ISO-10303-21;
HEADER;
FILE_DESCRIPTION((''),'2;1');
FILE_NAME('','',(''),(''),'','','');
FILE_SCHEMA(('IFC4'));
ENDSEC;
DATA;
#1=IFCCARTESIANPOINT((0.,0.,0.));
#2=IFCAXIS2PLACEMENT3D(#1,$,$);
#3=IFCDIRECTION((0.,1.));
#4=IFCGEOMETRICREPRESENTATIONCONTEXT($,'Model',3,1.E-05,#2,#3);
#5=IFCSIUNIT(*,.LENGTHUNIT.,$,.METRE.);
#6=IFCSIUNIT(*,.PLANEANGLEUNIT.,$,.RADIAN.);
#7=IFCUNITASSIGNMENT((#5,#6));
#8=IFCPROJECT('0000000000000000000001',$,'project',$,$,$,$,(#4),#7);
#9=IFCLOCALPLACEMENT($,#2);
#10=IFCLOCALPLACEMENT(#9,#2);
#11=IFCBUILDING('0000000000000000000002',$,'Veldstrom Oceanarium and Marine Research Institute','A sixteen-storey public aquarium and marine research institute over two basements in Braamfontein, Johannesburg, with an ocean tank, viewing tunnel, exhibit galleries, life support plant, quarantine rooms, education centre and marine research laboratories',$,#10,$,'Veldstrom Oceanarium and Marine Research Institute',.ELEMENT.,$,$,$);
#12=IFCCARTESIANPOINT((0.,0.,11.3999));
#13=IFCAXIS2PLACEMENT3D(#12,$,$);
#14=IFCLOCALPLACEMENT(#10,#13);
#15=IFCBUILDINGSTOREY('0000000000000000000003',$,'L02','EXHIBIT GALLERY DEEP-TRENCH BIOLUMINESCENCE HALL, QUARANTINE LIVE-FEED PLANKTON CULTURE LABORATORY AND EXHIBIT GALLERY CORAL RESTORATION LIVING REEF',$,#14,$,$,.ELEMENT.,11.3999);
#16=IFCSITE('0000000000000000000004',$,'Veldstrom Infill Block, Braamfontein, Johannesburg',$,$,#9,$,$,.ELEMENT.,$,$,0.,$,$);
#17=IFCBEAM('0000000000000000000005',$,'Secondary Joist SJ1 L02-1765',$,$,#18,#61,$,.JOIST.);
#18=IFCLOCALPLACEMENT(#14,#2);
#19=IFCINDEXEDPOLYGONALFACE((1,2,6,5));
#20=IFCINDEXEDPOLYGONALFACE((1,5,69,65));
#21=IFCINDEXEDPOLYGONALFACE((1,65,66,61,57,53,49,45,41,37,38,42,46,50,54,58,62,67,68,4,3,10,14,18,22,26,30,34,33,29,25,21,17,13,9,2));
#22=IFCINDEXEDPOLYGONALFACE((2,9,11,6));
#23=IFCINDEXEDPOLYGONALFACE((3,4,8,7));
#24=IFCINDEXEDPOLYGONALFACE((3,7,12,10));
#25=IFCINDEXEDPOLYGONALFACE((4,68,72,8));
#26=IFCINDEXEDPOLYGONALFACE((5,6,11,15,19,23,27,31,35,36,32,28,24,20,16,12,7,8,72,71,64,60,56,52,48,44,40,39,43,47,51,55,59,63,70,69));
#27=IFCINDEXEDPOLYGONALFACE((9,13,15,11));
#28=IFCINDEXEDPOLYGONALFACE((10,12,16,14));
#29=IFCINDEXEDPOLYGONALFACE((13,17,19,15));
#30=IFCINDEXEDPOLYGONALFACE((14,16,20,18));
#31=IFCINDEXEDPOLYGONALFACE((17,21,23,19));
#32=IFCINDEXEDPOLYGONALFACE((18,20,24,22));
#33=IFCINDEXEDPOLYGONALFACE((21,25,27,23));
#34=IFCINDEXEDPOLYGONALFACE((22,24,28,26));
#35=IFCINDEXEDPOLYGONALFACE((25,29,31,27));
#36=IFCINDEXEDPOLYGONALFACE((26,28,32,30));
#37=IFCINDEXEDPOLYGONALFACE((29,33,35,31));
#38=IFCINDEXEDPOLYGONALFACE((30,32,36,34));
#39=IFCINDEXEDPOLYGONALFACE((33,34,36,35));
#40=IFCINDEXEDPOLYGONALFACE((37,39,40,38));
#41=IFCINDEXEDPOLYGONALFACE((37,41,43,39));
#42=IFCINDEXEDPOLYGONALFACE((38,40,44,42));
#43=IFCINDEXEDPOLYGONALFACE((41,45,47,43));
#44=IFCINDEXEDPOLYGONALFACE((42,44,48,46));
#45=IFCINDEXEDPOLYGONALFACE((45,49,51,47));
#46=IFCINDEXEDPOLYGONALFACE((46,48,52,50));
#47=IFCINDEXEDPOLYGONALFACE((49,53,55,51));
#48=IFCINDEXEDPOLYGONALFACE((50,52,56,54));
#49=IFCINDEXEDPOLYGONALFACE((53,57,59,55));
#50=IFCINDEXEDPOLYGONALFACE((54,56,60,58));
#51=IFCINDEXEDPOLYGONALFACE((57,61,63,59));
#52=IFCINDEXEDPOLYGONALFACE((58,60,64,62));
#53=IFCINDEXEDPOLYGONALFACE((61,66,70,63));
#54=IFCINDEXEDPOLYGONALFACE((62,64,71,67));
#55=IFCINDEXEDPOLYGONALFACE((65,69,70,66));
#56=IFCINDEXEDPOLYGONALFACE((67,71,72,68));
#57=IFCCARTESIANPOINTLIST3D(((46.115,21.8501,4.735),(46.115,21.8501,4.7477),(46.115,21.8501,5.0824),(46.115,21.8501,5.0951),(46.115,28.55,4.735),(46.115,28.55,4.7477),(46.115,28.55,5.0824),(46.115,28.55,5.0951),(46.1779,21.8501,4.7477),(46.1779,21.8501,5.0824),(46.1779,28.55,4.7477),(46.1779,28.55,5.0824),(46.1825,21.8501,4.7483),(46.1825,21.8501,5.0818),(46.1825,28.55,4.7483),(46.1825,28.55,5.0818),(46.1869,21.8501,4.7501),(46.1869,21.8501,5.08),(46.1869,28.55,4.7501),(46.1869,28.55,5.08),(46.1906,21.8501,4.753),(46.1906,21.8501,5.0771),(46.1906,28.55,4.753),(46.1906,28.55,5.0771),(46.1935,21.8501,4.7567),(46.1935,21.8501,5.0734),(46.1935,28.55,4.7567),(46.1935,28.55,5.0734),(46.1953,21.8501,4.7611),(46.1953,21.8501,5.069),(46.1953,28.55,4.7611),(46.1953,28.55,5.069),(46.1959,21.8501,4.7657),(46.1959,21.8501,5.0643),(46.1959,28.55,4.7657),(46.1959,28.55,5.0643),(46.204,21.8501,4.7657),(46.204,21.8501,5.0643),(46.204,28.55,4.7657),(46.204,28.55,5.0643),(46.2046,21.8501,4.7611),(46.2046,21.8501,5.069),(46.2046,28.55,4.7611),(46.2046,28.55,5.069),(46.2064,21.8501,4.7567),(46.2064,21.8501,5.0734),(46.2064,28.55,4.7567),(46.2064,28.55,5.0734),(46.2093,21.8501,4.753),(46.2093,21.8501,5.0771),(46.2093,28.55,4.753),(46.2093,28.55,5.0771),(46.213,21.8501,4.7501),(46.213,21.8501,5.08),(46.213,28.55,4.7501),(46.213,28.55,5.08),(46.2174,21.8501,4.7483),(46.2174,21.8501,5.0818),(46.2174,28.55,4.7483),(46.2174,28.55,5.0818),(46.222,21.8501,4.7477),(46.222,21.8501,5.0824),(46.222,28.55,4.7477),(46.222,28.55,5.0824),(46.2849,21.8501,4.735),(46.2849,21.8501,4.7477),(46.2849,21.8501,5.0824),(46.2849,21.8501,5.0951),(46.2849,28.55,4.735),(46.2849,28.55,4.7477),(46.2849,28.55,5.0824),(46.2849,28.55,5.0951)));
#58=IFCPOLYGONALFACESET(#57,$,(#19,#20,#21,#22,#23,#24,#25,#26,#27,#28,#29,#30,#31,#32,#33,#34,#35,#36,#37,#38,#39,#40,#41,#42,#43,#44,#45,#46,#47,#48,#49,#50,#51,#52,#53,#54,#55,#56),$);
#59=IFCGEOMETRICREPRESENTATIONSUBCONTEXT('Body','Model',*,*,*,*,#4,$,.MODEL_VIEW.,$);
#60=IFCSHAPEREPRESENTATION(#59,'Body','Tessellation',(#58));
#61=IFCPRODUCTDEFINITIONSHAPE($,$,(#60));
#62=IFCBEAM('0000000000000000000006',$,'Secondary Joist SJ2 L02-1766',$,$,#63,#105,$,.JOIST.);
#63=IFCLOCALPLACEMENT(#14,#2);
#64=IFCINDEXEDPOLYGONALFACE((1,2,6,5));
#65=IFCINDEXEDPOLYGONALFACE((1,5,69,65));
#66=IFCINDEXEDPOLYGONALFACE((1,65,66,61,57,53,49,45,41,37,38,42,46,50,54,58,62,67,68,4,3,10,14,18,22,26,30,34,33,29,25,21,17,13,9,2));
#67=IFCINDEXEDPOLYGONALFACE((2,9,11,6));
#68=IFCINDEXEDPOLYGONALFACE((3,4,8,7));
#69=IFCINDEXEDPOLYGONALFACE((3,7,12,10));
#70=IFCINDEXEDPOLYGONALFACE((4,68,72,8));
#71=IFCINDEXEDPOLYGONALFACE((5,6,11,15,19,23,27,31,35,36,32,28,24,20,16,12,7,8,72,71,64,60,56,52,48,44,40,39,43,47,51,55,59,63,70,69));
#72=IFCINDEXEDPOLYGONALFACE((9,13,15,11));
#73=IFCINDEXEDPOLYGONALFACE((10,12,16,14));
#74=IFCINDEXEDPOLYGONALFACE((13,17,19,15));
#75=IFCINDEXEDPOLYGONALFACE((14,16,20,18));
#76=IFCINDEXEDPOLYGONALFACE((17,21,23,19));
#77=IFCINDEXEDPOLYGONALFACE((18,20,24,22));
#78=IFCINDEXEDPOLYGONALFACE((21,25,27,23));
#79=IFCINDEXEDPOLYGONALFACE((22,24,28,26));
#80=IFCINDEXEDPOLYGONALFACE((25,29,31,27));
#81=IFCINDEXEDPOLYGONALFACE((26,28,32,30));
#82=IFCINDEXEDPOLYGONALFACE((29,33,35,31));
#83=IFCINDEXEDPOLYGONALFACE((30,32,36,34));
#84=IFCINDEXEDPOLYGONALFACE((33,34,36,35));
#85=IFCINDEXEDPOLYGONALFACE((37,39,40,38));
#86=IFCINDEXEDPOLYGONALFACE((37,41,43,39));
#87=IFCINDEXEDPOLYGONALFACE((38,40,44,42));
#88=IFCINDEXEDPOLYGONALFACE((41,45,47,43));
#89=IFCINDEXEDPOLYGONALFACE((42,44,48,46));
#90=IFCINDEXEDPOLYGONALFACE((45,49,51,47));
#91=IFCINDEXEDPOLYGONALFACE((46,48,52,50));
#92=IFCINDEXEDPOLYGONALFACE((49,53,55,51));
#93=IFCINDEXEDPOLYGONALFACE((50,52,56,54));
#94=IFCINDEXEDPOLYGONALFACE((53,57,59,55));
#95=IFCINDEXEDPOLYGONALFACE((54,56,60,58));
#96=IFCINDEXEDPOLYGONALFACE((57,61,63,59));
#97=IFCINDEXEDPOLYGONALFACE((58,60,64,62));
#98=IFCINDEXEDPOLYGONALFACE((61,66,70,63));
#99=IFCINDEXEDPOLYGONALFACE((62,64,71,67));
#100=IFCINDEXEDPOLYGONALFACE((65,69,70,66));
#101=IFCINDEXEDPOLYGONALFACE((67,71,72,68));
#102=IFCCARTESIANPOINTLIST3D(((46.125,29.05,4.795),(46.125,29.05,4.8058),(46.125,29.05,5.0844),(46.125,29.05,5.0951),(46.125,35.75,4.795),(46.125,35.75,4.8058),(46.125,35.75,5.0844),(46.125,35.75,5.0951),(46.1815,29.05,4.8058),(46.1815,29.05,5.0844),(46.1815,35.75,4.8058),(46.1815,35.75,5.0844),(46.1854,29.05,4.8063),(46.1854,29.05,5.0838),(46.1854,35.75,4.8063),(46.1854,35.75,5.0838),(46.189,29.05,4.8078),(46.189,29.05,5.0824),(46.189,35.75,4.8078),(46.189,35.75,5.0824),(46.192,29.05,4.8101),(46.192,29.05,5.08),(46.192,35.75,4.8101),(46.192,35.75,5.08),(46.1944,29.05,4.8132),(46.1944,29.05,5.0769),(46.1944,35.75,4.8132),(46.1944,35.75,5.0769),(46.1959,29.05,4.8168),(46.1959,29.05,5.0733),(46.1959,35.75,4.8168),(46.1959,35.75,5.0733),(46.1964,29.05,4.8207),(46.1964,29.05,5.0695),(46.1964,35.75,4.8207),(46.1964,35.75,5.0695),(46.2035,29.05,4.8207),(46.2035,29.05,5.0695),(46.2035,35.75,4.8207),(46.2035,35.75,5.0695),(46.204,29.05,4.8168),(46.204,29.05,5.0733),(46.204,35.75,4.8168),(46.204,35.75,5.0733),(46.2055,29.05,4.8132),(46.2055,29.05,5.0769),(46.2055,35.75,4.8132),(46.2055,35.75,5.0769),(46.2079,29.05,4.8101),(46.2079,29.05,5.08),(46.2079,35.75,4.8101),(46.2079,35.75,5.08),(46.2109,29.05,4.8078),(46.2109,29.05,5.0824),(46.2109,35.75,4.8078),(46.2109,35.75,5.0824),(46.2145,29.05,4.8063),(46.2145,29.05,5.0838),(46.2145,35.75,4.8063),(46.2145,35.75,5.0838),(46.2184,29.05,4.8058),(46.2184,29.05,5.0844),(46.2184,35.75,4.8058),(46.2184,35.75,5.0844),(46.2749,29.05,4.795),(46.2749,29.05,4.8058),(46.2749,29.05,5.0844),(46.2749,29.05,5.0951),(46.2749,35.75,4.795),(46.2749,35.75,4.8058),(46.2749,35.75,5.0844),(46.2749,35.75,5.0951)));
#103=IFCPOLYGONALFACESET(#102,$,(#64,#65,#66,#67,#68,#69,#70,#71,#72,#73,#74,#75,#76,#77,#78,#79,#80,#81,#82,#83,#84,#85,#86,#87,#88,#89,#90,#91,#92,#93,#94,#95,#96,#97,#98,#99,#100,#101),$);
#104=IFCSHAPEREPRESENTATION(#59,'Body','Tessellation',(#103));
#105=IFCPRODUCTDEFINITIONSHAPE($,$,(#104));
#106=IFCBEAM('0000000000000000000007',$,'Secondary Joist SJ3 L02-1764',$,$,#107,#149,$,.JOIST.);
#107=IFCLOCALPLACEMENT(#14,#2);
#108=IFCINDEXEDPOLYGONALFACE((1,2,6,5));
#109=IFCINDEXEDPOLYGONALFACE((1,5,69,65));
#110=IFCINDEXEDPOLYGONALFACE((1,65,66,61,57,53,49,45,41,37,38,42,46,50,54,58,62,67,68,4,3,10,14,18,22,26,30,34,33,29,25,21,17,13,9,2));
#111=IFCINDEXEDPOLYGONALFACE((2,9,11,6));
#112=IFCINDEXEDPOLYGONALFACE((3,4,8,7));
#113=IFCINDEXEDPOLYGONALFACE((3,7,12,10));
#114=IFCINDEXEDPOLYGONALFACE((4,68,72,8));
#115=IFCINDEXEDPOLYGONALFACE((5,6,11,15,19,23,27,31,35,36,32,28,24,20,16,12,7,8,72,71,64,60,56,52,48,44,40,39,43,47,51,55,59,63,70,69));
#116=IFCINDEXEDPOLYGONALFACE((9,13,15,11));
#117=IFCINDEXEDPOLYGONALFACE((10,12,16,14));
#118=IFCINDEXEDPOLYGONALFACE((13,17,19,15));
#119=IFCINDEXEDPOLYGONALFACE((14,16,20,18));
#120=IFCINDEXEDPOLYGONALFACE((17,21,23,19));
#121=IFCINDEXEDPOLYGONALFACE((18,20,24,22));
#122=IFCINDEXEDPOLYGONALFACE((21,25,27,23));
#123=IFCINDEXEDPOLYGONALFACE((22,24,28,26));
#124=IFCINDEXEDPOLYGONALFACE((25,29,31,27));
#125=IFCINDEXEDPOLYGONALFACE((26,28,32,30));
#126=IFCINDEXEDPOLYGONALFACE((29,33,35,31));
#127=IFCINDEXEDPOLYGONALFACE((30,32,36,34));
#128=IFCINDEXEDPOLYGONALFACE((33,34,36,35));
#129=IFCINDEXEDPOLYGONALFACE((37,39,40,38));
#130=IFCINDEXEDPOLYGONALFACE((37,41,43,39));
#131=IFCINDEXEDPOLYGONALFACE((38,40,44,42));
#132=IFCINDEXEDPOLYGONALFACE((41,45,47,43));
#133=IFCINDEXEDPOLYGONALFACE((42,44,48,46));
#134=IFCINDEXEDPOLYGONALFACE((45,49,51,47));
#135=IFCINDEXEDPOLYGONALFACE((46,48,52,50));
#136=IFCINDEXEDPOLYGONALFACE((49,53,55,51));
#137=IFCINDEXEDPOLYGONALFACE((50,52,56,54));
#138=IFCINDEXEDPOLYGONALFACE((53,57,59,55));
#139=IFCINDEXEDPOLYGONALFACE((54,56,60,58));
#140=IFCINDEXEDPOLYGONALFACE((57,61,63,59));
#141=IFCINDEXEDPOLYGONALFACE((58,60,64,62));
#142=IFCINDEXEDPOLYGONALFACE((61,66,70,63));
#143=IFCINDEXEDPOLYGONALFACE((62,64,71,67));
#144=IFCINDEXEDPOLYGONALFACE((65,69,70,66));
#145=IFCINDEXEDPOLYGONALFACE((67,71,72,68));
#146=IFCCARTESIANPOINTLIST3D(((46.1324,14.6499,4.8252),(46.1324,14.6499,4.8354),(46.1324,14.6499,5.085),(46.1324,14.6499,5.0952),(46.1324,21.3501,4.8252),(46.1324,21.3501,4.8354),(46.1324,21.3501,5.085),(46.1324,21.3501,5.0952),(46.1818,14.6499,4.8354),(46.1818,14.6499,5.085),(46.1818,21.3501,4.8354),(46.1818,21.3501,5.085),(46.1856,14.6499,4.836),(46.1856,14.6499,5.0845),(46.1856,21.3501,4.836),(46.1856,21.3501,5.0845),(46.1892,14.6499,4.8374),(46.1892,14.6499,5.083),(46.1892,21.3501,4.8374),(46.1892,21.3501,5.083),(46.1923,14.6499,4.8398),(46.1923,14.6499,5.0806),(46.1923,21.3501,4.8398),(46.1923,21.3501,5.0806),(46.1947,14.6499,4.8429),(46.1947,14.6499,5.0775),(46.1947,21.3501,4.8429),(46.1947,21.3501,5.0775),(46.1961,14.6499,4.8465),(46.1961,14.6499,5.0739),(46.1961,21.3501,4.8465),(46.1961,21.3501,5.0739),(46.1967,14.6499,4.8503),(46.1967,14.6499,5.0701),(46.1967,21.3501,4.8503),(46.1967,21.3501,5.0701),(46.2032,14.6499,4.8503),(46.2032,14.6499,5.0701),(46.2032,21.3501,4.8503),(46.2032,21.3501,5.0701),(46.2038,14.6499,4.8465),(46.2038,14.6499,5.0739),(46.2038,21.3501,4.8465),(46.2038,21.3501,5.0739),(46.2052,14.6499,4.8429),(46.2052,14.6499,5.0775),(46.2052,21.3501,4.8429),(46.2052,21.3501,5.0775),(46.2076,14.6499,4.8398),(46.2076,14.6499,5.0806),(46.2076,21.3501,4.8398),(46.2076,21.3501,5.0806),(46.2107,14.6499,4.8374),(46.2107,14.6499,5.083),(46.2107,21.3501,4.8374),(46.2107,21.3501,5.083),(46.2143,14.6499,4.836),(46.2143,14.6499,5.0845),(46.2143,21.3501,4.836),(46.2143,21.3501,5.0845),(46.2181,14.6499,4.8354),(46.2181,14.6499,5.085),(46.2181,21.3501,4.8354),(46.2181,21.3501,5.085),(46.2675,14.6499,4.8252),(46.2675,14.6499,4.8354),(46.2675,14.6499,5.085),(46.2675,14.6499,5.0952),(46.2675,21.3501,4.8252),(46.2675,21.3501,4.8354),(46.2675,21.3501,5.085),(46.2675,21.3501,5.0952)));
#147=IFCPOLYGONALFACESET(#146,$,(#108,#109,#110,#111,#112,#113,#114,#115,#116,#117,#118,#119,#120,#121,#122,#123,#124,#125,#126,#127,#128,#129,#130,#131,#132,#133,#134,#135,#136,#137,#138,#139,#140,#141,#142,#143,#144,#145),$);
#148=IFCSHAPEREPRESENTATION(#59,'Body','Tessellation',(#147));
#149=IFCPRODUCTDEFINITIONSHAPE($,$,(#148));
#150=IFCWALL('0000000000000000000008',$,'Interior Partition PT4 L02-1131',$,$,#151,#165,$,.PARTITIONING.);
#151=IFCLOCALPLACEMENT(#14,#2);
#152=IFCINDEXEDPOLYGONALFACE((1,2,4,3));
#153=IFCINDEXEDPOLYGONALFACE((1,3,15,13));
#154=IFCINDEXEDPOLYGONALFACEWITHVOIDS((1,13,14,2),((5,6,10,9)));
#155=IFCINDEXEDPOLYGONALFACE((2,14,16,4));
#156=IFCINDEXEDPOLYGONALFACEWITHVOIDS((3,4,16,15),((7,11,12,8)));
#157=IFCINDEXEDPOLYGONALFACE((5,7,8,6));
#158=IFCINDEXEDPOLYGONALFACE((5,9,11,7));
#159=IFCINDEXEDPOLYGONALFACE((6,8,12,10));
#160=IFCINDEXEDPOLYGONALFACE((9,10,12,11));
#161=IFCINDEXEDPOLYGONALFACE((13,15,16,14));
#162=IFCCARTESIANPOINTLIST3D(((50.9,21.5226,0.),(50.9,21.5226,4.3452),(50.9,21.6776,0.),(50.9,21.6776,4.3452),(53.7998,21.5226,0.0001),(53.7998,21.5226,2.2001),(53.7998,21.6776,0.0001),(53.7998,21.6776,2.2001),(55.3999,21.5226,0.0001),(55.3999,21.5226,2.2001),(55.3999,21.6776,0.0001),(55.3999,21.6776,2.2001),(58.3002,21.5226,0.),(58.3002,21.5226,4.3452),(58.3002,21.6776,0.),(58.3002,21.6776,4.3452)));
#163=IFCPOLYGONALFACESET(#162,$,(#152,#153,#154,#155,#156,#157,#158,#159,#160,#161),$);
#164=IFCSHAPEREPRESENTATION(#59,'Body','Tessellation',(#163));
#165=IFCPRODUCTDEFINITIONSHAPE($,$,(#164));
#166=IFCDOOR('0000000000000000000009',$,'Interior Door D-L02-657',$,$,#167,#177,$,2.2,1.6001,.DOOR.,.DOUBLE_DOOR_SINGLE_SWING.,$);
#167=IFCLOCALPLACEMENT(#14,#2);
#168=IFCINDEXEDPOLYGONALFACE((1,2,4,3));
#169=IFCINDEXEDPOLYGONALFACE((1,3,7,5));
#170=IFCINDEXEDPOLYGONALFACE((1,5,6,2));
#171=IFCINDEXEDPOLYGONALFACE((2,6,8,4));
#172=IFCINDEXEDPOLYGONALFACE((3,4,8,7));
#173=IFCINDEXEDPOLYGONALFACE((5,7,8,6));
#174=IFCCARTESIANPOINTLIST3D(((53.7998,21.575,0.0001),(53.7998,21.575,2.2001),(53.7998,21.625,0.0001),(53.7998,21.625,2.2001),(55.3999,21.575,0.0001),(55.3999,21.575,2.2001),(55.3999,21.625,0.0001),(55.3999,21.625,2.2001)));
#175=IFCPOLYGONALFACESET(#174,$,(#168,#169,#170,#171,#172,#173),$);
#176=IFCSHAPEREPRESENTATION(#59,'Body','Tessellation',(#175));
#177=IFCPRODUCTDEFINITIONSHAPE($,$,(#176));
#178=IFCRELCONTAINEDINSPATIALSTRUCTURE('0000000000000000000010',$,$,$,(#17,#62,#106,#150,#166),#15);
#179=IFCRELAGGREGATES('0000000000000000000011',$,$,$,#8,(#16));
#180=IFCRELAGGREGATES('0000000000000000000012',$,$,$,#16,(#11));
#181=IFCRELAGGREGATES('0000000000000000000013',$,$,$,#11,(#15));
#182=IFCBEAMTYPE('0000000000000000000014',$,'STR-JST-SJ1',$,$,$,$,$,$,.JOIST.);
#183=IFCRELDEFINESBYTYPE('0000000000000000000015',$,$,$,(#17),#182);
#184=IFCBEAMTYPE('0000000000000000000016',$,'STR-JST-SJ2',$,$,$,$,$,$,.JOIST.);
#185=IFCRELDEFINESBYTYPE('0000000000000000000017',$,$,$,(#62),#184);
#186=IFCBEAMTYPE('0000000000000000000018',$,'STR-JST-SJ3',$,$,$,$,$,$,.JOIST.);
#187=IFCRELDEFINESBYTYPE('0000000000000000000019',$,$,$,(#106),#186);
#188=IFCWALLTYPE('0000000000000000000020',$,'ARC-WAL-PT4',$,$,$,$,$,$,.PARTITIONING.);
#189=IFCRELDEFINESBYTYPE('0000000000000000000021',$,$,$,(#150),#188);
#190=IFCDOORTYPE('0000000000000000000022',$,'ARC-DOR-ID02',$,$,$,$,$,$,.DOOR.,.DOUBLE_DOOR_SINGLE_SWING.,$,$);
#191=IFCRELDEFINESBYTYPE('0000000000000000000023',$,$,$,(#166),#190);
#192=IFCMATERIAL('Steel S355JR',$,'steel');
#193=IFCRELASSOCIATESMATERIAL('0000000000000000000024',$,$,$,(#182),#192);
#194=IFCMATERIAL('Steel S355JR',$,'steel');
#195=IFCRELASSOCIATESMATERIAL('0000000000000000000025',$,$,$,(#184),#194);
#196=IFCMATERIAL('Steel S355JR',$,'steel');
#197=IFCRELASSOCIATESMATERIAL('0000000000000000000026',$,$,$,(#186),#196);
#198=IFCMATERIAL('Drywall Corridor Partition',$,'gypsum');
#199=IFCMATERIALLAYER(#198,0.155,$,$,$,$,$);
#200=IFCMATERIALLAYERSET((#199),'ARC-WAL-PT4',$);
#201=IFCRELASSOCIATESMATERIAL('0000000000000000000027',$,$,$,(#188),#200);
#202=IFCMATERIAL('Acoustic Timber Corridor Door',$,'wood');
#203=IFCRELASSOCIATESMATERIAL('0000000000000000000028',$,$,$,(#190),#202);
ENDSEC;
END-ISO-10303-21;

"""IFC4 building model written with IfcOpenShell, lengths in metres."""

from ifc_helpers import new_model, si_unit, direction, frame, frame_2d, origin, origin_2d, place, context, subcontext, project, spatial, rectangle, i_section, extrude, material, layer, layer_set, material_profile, profile_set, type_object, element, fill, save


model = new_model("IFC4")

# Units and contexts
model_context = context("Model", 3, precision=1e-05, world=origin(), true_north=direction((0.0, 1.0)))
body_context = subcontext(model_context, "Body", "Model", "MODEL_VIEW")
ifc_project = project(units=[si_unit("LENGTHUNIT", "METRE"), si_unit("PLANEANGLEUNIT", "RADIAN")], contexts=[model_context])

# Site, building, storey
site_placement = place(None, origin())
site = spatial("IfcSite", under=ifc_project, at=site_placement, Name="Veldstrom Infill Block, Braamfontein, Johannesburg", CompositionType="ELEMENT", RefElevation=0.0)
building_placement = place(site_placement, origin())
building = spatial("IfcBuilding", under=site, at=building_placement, Name="Veldstrom Oceanarium and Marine Research Institute", Description="A sixteen-storey public aquarium and marine research institute over two basements in Braamfontein, Johannesburg, with an ocean tank, viewing tunnel, exhibit galleries, life support plant, quarantine rooms, education centre and marine research laboratories", LongName="Veldstrom Oceanarium and Marine Research Institute", CompositionType="ELEMENT")
storey_placement = place(building_placement, frame((0.0, 0.0, 11.3999)))
storey = spatial("IfcBuildingStorey", under=building, at=storey_placement, Name="L02", Description="EXHIBIT GALLERY DEEP-TRENCH BIOLUMINESCENCE HALL, QUARANTINE LIVE-FEED PLANKTON CULTURE LABORATORY AND EXHIBIT GALLERY CORAL RESTORATION LIVING REEF", CompositionType="ELEMENT", Elevation=11.3999)

# Beams
ifc_material_1 = material(Name="Steel S355JR", Category="steel")
ifc_material_profile_1 = material_profile(ifc_material_1, i_section(OverallWidth=0.1699, OverallDepth=0.3601, WebThickness=0.0081, FlangeThickness=0.0127, FilletRadius=0.0181, at=origin_2d()), Name="IPE 360")
ifc_profile_set_1 = profile_set([ifc_material_profile_1], Name="Steel S355JR")
beam_type_1 = type_object("IfcBeamType", Name="STR-JST-SJ1", PredefinedType="JOIST", material=ifc_profile_set_1)
beam_1_placement = place(storey_placement, frame((46.2, 21.8501, 4.915), z_axis=(0.0, 1.0, 0.0), x_axis=(-1.0, 0.0, 0.0)))
element("IfcBeam", 1, at=beam_1_placement, inside=storey, type_object=beam_type_1, Name="Secondary Joist SJ1 L02-1765", PredefinedType="JOIST", context=body_context, shape_type="SweptSolid", body=[
    extrude(i_section(OverallWidth=0.1699, OverallDepth=0.3601, WebThickness=0.0081, FlangeThickness=0.0127, FilletRadius=0.0181, at=origin_2d()), origin(), (0.0, 0.0, 1.0), 6.7),
])
ifc_material_2 = material(Name="Steel S355JR", Category="steel")
ifc_material_profile_2 = material_profile(ifc_material_2, i_section(OverallWidth=0.1499, OverallDepth=0.3, WebThickness=0.0071, FlangeThickness=0.0107, FilletRadius=0.0149, at=origin_2d()), Name="IPE 300")
ifc_profile_set_2 = profile_set([ifc_material_profile_2], Name="Steel S355JR")
beam_type_2 = type_object("IfcBeamType", Name="STR-JST-SJ2", PredefinedType="JOIST", material=ifc_profile_set_2)
beam_2_placement = place(storey_placement, frame((46.2, 29.05, 4.9451), z_axis=(0.0, 1.0, 0.0), x_axis=(-1.0, 0.0, 0.0)))
element("IfcBeam", 2, at=beam_2_placement, inside=storey, type_object=beam_type_2, Name="Secondary Joist SJ2 L02-1766", PredefinedType="JOIST", context=body_context, shape_type="SweptSolid", body=[
    extrude(i_section(OverallWidth=0.1499, OverallDepth=0.3, WebThickness=0.0071, FlangeThickness=0.0107, FilletRadius=0.0149, at=origin_2d()), origin(), (0.0, 0.0, 1.0), 6.7),
])
ifc_material_3 = material(Name="Steel S355JR", Category="steel")
ifc_material_profile_3 = material_profile(ifc_material_3, i_section(OverallWidth=0.135, OverallDepth=0.27, WebThickness=0.0066, FlangeThickness=0.0103, FilletRadius=0.0149, at=origin_2d()), Name="IPE 270")
ifc_profile_set_3 = profile_set([ifc_material_profile_3], Name="Steel S355JR")
beam_type_3 = type_object("IfcBeamType", Name="STR-JST-SJ3", PredefinedType="JOIST", material=ifc_profile_set_3)
beam_3_placement = place(storey_placement, frame((46.2, 14.6499, 4.9602), z_axis=(0.0, 1.0, 0.0), x_axis=(-1.0, 0.0, 0.0)))
element("IfcBeam", 3, at=beam_3_placement, inside=storey, type_object=beam_type_3, Name="Secondary Joist SJ3 L02-1764", PredefinedType="JOIST", context=body_context, shape_type="SweptSolid", body=[
    extrude(i_section(OverallWidth=0.135, OverallDepth=0.27, WebThickness=0.0066, FlangeThickness=0.0103, FilletRadius=0.0149, at=origin_2d()), origin(), (0.0, 0.0, 1.0), 6.7002),
])

# Wall, opening, door
ifc_material_4 = material(Name="Drywall Corridor Partition", Category="gypsum")
ifc_layer_1 = layer(ifc_material_4, 0.155)
ifc_layer_set_1 = layer_set([ifc_layer_1], Name="ARC-WAL-PT4")
wall_type_1 = type_object("IfcWallType", Name="ARC-WAL-PT4", PredefinedType="PARTITIONING", material=ifc_layer_set_1)
wall_1_placement = place(storey_placement, frame((50.8999, 21.6001, 0.0), z_axis=(0.0, 0.0, 1.0), x_axis=(1.0, 0.0, 0.0)))
wall_1 = element("IfcWall", 4, at=wall_1_placement, inside=storey, type_object=wall_type_1, Name="Interior Partition PT4 L02-1131", PredefinedType="PARTITIONING", context=body_context, shape_type="SweptSolid", body=[
    extrude(rectangle(XDim=7.4001, YDim=0.155, at=frame_2d((3.7002, 0.0))), origin(), (0.0, 0.0, 1.0), 4.3452),
])
opening_1_placement = place(wall_1_placement, frame((2.8999, 0.0, 0.0)))
opening_1 = element("IfcOpeningElement", 5, at=opening_1_placement, cuts=wall_1, PredefinedType="OPENING", context=body_context, shape_type="SweptSolid", body=[
    extrude(rectangle(XDim=1.6001, YDim=2.2, at=frame_2d((0.8, 1.1001))), frame((0.0, 0.0874, 0.0), z_axis=(0.0, -1.0, 0.0), x_axis=(1.0, 0.0, 0.0)), (0.0, 0.0, 1.0), 0.175),
])
ifc_material_5 = material(Name="Acoustic Timber Corridor Door", Category="wood")
door_type_1 = type_object("IfcDoorType", Name="ARC-DOR-ID02", OperationType="DOUBLE_DOOR_SINGLE_SWING", PredefinedType="DOOR", material=ifc_material_5)
door_1_placement = place(opening_1_placement, origin())
door_1 = element("IfcDoor", 6, at=door_1_placement, inside=storey, type_object=door_type_1, Name="Interior Door D-L02-657", OperationType="DOUBLE_DOOR_SINGLE_SWING", OverallHeight=2.2, OverallWidth=1.6001, PredefinedType="DOOR", context=body_context, shape_type="SweptSolid", body=[
    extrude(rectangle(XDim=1.6001, YDim=2.2, at=frame_2d((0.8, 1.1001))), frame((0.0, 0.0249, 0.0), z_axis=(0.0, -1.0, 0.0), x_axis=(1.0, 0.0, 0.0)), (0.0, 0.0, 1.0), 0.05),
])
fill(opening_1, door_1)

save(model, "model.ifc")
